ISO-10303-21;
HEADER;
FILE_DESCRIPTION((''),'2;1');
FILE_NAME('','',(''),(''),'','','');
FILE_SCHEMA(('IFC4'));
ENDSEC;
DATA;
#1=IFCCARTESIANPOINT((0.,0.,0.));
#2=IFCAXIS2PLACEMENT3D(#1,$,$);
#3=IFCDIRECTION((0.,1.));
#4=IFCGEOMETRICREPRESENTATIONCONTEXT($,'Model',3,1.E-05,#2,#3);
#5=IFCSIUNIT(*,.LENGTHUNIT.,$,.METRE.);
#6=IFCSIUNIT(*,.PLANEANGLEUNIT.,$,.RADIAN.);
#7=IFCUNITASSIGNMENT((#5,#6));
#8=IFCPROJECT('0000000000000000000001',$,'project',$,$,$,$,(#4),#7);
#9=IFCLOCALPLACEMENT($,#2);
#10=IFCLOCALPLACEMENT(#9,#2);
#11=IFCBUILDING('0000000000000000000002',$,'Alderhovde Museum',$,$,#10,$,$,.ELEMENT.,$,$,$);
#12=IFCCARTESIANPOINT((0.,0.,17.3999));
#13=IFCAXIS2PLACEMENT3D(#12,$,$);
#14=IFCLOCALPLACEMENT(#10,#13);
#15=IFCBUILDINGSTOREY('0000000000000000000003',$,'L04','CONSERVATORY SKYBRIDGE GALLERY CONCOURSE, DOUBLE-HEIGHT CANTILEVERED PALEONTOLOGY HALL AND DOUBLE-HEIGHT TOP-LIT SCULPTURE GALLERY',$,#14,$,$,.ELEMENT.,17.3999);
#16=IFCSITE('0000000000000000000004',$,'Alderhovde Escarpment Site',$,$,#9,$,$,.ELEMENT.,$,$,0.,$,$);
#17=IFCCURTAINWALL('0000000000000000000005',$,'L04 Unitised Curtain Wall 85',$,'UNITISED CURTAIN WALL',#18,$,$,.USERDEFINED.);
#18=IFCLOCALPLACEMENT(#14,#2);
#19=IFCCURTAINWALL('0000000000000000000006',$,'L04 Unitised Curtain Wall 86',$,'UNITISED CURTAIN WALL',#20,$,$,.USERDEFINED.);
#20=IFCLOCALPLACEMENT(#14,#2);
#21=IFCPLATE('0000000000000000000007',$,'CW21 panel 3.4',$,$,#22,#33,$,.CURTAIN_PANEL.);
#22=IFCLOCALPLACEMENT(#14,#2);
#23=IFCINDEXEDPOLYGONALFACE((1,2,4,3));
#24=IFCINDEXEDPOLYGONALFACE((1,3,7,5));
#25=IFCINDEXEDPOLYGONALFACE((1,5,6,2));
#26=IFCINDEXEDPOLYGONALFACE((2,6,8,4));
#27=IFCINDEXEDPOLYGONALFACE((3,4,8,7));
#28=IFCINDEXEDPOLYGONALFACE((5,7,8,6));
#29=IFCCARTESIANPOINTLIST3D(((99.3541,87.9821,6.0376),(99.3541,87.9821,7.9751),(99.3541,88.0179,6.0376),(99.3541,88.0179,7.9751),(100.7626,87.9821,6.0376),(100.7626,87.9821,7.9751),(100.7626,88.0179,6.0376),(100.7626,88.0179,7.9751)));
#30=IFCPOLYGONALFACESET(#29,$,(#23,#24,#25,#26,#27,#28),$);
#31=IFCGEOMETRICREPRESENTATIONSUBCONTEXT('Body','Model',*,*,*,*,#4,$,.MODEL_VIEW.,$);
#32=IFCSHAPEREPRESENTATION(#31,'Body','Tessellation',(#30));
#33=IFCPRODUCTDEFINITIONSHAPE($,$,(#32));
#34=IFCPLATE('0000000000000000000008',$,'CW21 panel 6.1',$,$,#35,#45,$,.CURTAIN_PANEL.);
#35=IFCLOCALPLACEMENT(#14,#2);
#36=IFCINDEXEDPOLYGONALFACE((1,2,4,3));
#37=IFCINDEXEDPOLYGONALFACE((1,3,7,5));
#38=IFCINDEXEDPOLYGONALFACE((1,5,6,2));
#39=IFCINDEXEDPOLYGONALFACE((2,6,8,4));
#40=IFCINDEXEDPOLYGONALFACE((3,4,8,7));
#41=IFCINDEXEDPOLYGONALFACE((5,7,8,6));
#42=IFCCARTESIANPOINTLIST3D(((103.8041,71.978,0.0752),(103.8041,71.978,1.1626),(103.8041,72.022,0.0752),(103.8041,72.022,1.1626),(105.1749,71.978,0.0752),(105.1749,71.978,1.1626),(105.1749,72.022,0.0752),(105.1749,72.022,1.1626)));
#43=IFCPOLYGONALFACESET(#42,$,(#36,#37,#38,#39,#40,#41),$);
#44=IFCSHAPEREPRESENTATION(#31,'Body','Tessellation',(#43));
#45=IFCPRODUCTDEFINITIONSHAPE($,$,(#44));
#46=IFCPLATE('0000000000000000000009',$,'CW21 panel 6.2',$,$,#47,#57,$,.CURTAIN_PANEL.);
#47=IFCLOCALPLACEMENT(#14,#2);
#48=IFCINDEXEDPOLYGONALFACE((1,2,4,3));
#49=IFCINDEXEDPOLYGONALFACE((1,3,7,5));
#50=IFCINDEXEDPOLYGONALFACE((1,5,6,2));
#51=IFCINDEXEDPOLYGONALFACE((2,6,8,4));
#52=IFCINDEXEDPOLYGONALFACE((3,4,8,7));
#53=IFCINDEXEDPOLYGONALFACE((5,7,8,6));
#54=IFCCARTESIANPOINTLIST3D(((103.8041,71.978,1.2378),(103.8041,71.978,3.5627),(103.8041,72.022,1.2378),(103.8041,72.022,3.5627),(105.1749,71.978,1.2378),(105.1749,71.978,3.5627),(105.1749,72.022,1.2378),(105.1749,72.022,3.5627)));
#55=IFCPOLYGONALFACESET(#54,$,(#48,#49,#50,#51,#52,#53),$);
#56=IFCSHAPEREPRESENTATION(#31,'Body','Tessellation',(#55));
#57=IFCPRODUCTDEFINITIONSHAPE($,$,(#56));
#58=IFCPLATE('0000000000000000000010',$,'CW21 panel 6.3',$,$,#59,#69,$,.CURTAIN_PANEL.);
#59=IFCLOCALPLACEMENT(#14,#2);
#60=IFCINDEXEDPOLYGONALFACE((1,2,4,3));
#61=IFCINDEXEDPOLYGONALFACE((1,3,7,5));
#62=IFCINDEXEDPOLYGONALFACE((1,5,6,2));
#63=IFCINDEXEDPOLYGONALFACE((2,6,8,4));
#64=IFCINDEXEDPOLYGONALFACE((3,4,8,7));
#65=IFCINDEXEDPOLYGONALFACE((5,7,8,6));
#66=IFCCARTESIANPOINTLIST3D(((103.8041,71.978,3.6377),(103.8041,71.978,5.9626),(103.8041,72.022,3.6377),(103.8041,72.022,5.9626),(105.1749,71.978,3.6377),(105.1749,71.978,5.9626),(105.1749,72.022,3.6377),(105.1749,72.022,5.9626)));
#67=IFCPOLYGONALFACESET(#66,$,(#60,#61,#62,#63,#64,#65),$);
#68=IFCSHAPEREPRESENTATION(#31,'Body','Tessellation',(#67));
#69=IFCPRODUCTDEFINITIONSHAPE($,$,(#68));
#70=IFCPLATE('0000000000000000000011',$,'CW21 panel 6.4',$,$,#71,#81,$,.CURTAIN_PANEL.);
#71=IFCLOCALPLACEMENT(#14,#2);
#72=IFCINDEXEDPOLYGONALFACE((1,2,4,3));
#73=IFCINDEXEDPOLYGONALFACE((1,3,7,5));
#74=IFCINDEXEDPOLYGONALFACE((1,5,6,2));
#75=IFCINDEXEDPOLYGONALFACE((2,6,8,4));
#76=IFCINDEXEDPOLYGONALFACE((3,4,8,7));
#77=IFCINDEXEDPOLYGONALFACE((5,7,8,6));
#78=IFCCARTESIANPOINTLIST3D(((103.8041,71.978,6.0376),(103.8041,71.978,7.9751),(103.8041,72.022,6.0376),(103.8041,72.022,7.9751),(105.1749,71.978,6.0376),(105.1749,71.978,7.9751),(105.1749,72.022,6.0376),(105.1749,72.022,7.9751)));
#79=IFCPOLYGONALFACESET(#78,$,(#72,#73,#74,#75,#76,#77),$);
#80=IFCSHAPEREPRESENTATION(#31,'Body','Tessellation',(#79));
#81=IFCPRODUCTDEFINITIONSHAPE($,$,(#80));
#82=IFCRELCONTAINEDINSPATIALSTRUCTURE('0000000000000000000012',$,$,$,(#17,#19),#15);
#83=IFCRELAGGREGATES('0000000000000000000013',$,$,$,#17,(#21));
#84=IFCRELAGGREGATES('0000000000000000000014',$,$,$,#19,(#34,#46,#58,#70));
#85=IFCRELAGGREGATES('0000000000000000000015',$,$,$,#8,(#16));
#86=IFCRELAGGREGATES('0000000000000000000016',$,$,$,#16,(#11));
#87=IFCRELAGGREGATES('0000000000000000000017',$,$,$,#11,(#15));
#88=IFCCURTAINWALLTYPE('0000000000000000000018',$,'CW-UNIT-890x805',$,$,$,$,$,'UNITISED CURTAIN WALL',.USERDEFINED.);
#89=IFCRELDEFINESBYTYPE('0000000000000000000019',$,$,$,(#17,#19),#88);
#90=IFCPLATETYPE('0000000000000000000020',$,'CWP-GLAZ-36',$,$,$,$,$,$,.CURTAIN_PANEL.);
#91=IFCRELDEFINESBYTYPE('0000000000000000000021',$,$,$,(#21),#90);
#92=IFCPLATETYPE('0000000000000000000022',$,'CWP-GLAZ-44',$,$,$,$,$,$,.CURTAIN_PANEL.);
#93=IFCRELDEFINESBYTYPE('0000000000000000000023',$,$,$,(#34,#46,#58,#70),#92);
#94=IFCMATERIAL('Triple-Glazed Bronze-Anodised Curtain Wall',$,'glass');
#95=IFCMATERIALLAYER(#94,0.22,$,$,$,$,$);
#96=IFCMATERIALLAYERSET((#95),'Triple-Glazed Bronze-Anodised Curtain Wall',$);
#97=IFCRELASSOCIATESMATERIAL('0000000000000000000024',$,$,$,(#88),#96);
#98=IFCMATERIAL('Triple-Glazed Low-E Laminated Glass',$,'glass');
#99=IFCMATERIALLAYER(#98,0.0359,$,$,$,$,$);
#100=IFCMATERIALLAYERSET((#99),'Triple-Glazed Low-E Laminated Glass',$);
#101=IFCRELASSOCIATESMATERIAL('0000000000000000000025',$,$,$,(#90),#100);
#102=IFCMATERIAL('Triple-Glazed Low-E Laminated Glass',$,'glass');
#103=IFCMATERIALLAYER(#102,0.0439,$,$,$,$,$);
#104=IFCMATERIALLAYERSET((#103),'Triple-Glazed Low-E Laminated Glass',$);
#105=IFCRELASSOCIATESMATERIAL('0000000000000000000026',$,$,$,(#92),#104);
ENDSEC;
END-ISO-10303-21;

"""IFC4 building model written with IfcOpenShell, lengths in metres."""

from ifc_helpers import new_model, si_unit, direction, frame, origin, origin_2d, place, context, subcontext, project, spatial, rectangle, extrude, material, layer, layer_set, type_object, element, aggregate, save


model = new_model("IFC4")

# Units and contexts
model_context = context("Model", 3, precision=1e-05, world=origin(), true_north=direction((0.0, 1.0)))
body_context = subcontext(model_context, "Body", "Model", "MODEL_VIEW")
ifc_project = project(units=[si_unit("LENGTHUNIT", "METRE"), si_unit("PLANEANGLEUNIT", "RADIAN")], contexts=[model_context])

# Site, building, storey
site_placement = place(None, origin())
site = spatial("IfcSite", under=ifc_project, at=site_placement, Name="Alderhovde Escarpment Site", CompositionType="ELEMENT", RefElevation=0.0)
building_placement = place(site_placement, origin())
building = spatial("IfcBuilding", under=site, at=building_placement, Name="Alderhovde Museum", CompositionType="ELEMENT")
storey_placement = place(building_placement, frame((0.0, 0.0, 17.3999)))
storey = spatial("IfcBuildingStorey", under=building, at=storey_placement, Name="L04", Description="CONSERVATORY SKYBRIDGE GALLERY CONCOURSE, DOUBLE-HEIGHT CANTILEVERED PALEONTOLOGY HALL AND DOUBLE-HEIGHT TOP-LIT SCULPTURE GALLERY", CompositionType="ELEMENT", Elevation=17.3999)

# Curtain walls
ifc_material_1 = material(Name="Triple-Glazed Bronze-Anodised Curtain Wall", Category="glass")
ifc_layer_1 = layer(ifc_material_1, 0.22)
ifc_layer_set_1 = layer_set([ifc_layer_1], Name="Triple-Glazed Bronze-Anodised Curtain Wall")
curtain_wall_type = type_object("IfcCurtainWallType", Name="CW-UNIT-890x805", ElementType="UNITISED CURTAIN WALL", PredefinedType="USERDEFINED", material=ifc_layer_set_1)
curtain_wall_1_placement = place(storey_placement, origin())
curtain_wall_1 = element("IfcCurtainWall", 1, at=curtain_wall_1_placement, inside=storey, type_object=curtain_wall_type, Name="L04 Unitised Curtain Wall 85", ObjectType="UNITISED CURTAIN WALL", PredefinedType="USERDEFINED")
curtain_wall_2_placement = place(storey_placement, origin())
curtain_wall_2 = element("IfcCurtainWall", 2, at=curtain_wall_2_placement, inside=storey, type_object=curtain_wall_type, Name="L04 Unitised Curtain Wall 86", ObjectType="UNITISED CURTAIN WALL", PredefinedType="USERDEFINED")

# Plates
ifc_material_2 = material(Name="Triple-Glazed Low-E Laminated Glass", Category="glass")
ifc_layer_2 = layer(ifc_material_2, 0.0359)
ifc_layer_set_2 = layer_set([ifc_layer_2], Name="Triple-Glazed Low-E Laminated Glass")
plate_type_1 = type_object("IfcPlateType", Name="CWP-GLAZ-36", PredefinedType="CURTAIN_PANEL", material=ifc_layer_set_2)
plate_1_placement = place(storey_placement, frame((100.0583, 88.0, 6.0376), z_axis=(0.0, 0.0, 1.0), x_axis=(1.0, 0.0, 0.0)))
plate_1 = element("IfcPlate", 3, at=plate_1_placement, type_object=plate_type_1, Name="CW21 panel 3.4", PredefinedType="CURTAIN_PANEL", context=body_context, shape_type="SweptSolid", body=[
    extrude(rectangle(XDim=1.4084, YDim=0.0359, at=origin_2d()), origin(), (0.0, 0.0, 1.0), 1.9375),
])
aggregate(curtain_wall_1, [plate_1])
ifc_material_3 = material(Name="Triple-Glazed Low-E Laminated Glass", Category="glass")
ifc_layer_3 = layer(ifc_material_3, 0.0439)
ifc_layer_set_3 = layer_set([ifc_layer_3], Name="Triple-Glazed Low-E Laminated Glass")
plate_type_2 = type_object("IfcPlateType", Name="CWP-GLAZ-44", PredefinedType="CURTAIN_PANEL", material=ifc_layer_set_3)
plate_2_placement = place(storey_placement, frame((104.4895, 72.0, 0.0752), z_axis=(0.0, 0.0, 1.0), x_axis=(1.0, 0.0, 0.0)))
plate_2 = element("IfcPlate", 4, at=plate_2_placement, type_object=plate_type_2, Name="CW21 panel 6.1", PredefinedType="CURTAIN_PANEL", context=body_context, shape_type="SweptSolid", body=[
    extrude(rectangle(XDim=1.3708, YDim=0.0439, at=origin_2d()), origin(), (0.0, 0.0, 1.0), 1.0874),
])
plate_3_placement = place(storey_placement, frame((104.4895, 72.0, 1.2378), z_axis=(0.0, 0.0, 1.0), x_axis=(1.0, 0.0, 0.0)))
plate_3 = element("IfcPlate", 5, at=plate_3_placement, type_object=plate_type_2, Name="CW21 panel 6.2", PredefinedType="CURTAIN_PANEL", context=body_context, shape_type="SweptSolid", body=[
    extrude(rectangle(XDim=1.3708, YDim=0.0439, at=origin_2d()), origin(), (0.0, 0.0, 1.0), 2.325),
])
plate_4_placement = place(storey_placement, frame((104.4895, 72.0, 3.6377), z_axis=(0.0, 0.0, 1.0), x_axis=(1.0, 0.0, 0.0)))
plate_4 = element("IfcPlate", 6, at=plate_4_placement, type_object=plate_type_2, Name="CW21 panel 6.3", PredefinedType="CURTAIN_PANEL", context=body_context, shape_type="SweptSolid", body=[
    extrude(rectangle(XDim=1.3708, YDim=0.0439, at=origin_2d()), origin(), (0.0, 0.0, 1.0), 2.325),
])
plate_5_placement = place(storey_placement, frame((104.4895, 72.0, 6.0376), z_axis=(0.0, 0.0, 1.0), x_axis=(1.0, 0.0, 0.0)))
plate_5 = element("IfcPlate", 7, at=plate_5_placement, type_object=plate_type_2, Name="CW21 panel 6.4", PredefinedType="CURTAIN_PANEL", context=body_context, shape_type="SweptSolid", body=[
    extrude(rectangle(XDim=1.3708, YDim=0.0439, at=origin_2d()), origin(), (0.0, 0.0, 1.0), 1.9375),
])
aggregate(curtain_wall_2, [plate_2, plate_3, plate_4, plate_5])

save(model, "model.ifc")
